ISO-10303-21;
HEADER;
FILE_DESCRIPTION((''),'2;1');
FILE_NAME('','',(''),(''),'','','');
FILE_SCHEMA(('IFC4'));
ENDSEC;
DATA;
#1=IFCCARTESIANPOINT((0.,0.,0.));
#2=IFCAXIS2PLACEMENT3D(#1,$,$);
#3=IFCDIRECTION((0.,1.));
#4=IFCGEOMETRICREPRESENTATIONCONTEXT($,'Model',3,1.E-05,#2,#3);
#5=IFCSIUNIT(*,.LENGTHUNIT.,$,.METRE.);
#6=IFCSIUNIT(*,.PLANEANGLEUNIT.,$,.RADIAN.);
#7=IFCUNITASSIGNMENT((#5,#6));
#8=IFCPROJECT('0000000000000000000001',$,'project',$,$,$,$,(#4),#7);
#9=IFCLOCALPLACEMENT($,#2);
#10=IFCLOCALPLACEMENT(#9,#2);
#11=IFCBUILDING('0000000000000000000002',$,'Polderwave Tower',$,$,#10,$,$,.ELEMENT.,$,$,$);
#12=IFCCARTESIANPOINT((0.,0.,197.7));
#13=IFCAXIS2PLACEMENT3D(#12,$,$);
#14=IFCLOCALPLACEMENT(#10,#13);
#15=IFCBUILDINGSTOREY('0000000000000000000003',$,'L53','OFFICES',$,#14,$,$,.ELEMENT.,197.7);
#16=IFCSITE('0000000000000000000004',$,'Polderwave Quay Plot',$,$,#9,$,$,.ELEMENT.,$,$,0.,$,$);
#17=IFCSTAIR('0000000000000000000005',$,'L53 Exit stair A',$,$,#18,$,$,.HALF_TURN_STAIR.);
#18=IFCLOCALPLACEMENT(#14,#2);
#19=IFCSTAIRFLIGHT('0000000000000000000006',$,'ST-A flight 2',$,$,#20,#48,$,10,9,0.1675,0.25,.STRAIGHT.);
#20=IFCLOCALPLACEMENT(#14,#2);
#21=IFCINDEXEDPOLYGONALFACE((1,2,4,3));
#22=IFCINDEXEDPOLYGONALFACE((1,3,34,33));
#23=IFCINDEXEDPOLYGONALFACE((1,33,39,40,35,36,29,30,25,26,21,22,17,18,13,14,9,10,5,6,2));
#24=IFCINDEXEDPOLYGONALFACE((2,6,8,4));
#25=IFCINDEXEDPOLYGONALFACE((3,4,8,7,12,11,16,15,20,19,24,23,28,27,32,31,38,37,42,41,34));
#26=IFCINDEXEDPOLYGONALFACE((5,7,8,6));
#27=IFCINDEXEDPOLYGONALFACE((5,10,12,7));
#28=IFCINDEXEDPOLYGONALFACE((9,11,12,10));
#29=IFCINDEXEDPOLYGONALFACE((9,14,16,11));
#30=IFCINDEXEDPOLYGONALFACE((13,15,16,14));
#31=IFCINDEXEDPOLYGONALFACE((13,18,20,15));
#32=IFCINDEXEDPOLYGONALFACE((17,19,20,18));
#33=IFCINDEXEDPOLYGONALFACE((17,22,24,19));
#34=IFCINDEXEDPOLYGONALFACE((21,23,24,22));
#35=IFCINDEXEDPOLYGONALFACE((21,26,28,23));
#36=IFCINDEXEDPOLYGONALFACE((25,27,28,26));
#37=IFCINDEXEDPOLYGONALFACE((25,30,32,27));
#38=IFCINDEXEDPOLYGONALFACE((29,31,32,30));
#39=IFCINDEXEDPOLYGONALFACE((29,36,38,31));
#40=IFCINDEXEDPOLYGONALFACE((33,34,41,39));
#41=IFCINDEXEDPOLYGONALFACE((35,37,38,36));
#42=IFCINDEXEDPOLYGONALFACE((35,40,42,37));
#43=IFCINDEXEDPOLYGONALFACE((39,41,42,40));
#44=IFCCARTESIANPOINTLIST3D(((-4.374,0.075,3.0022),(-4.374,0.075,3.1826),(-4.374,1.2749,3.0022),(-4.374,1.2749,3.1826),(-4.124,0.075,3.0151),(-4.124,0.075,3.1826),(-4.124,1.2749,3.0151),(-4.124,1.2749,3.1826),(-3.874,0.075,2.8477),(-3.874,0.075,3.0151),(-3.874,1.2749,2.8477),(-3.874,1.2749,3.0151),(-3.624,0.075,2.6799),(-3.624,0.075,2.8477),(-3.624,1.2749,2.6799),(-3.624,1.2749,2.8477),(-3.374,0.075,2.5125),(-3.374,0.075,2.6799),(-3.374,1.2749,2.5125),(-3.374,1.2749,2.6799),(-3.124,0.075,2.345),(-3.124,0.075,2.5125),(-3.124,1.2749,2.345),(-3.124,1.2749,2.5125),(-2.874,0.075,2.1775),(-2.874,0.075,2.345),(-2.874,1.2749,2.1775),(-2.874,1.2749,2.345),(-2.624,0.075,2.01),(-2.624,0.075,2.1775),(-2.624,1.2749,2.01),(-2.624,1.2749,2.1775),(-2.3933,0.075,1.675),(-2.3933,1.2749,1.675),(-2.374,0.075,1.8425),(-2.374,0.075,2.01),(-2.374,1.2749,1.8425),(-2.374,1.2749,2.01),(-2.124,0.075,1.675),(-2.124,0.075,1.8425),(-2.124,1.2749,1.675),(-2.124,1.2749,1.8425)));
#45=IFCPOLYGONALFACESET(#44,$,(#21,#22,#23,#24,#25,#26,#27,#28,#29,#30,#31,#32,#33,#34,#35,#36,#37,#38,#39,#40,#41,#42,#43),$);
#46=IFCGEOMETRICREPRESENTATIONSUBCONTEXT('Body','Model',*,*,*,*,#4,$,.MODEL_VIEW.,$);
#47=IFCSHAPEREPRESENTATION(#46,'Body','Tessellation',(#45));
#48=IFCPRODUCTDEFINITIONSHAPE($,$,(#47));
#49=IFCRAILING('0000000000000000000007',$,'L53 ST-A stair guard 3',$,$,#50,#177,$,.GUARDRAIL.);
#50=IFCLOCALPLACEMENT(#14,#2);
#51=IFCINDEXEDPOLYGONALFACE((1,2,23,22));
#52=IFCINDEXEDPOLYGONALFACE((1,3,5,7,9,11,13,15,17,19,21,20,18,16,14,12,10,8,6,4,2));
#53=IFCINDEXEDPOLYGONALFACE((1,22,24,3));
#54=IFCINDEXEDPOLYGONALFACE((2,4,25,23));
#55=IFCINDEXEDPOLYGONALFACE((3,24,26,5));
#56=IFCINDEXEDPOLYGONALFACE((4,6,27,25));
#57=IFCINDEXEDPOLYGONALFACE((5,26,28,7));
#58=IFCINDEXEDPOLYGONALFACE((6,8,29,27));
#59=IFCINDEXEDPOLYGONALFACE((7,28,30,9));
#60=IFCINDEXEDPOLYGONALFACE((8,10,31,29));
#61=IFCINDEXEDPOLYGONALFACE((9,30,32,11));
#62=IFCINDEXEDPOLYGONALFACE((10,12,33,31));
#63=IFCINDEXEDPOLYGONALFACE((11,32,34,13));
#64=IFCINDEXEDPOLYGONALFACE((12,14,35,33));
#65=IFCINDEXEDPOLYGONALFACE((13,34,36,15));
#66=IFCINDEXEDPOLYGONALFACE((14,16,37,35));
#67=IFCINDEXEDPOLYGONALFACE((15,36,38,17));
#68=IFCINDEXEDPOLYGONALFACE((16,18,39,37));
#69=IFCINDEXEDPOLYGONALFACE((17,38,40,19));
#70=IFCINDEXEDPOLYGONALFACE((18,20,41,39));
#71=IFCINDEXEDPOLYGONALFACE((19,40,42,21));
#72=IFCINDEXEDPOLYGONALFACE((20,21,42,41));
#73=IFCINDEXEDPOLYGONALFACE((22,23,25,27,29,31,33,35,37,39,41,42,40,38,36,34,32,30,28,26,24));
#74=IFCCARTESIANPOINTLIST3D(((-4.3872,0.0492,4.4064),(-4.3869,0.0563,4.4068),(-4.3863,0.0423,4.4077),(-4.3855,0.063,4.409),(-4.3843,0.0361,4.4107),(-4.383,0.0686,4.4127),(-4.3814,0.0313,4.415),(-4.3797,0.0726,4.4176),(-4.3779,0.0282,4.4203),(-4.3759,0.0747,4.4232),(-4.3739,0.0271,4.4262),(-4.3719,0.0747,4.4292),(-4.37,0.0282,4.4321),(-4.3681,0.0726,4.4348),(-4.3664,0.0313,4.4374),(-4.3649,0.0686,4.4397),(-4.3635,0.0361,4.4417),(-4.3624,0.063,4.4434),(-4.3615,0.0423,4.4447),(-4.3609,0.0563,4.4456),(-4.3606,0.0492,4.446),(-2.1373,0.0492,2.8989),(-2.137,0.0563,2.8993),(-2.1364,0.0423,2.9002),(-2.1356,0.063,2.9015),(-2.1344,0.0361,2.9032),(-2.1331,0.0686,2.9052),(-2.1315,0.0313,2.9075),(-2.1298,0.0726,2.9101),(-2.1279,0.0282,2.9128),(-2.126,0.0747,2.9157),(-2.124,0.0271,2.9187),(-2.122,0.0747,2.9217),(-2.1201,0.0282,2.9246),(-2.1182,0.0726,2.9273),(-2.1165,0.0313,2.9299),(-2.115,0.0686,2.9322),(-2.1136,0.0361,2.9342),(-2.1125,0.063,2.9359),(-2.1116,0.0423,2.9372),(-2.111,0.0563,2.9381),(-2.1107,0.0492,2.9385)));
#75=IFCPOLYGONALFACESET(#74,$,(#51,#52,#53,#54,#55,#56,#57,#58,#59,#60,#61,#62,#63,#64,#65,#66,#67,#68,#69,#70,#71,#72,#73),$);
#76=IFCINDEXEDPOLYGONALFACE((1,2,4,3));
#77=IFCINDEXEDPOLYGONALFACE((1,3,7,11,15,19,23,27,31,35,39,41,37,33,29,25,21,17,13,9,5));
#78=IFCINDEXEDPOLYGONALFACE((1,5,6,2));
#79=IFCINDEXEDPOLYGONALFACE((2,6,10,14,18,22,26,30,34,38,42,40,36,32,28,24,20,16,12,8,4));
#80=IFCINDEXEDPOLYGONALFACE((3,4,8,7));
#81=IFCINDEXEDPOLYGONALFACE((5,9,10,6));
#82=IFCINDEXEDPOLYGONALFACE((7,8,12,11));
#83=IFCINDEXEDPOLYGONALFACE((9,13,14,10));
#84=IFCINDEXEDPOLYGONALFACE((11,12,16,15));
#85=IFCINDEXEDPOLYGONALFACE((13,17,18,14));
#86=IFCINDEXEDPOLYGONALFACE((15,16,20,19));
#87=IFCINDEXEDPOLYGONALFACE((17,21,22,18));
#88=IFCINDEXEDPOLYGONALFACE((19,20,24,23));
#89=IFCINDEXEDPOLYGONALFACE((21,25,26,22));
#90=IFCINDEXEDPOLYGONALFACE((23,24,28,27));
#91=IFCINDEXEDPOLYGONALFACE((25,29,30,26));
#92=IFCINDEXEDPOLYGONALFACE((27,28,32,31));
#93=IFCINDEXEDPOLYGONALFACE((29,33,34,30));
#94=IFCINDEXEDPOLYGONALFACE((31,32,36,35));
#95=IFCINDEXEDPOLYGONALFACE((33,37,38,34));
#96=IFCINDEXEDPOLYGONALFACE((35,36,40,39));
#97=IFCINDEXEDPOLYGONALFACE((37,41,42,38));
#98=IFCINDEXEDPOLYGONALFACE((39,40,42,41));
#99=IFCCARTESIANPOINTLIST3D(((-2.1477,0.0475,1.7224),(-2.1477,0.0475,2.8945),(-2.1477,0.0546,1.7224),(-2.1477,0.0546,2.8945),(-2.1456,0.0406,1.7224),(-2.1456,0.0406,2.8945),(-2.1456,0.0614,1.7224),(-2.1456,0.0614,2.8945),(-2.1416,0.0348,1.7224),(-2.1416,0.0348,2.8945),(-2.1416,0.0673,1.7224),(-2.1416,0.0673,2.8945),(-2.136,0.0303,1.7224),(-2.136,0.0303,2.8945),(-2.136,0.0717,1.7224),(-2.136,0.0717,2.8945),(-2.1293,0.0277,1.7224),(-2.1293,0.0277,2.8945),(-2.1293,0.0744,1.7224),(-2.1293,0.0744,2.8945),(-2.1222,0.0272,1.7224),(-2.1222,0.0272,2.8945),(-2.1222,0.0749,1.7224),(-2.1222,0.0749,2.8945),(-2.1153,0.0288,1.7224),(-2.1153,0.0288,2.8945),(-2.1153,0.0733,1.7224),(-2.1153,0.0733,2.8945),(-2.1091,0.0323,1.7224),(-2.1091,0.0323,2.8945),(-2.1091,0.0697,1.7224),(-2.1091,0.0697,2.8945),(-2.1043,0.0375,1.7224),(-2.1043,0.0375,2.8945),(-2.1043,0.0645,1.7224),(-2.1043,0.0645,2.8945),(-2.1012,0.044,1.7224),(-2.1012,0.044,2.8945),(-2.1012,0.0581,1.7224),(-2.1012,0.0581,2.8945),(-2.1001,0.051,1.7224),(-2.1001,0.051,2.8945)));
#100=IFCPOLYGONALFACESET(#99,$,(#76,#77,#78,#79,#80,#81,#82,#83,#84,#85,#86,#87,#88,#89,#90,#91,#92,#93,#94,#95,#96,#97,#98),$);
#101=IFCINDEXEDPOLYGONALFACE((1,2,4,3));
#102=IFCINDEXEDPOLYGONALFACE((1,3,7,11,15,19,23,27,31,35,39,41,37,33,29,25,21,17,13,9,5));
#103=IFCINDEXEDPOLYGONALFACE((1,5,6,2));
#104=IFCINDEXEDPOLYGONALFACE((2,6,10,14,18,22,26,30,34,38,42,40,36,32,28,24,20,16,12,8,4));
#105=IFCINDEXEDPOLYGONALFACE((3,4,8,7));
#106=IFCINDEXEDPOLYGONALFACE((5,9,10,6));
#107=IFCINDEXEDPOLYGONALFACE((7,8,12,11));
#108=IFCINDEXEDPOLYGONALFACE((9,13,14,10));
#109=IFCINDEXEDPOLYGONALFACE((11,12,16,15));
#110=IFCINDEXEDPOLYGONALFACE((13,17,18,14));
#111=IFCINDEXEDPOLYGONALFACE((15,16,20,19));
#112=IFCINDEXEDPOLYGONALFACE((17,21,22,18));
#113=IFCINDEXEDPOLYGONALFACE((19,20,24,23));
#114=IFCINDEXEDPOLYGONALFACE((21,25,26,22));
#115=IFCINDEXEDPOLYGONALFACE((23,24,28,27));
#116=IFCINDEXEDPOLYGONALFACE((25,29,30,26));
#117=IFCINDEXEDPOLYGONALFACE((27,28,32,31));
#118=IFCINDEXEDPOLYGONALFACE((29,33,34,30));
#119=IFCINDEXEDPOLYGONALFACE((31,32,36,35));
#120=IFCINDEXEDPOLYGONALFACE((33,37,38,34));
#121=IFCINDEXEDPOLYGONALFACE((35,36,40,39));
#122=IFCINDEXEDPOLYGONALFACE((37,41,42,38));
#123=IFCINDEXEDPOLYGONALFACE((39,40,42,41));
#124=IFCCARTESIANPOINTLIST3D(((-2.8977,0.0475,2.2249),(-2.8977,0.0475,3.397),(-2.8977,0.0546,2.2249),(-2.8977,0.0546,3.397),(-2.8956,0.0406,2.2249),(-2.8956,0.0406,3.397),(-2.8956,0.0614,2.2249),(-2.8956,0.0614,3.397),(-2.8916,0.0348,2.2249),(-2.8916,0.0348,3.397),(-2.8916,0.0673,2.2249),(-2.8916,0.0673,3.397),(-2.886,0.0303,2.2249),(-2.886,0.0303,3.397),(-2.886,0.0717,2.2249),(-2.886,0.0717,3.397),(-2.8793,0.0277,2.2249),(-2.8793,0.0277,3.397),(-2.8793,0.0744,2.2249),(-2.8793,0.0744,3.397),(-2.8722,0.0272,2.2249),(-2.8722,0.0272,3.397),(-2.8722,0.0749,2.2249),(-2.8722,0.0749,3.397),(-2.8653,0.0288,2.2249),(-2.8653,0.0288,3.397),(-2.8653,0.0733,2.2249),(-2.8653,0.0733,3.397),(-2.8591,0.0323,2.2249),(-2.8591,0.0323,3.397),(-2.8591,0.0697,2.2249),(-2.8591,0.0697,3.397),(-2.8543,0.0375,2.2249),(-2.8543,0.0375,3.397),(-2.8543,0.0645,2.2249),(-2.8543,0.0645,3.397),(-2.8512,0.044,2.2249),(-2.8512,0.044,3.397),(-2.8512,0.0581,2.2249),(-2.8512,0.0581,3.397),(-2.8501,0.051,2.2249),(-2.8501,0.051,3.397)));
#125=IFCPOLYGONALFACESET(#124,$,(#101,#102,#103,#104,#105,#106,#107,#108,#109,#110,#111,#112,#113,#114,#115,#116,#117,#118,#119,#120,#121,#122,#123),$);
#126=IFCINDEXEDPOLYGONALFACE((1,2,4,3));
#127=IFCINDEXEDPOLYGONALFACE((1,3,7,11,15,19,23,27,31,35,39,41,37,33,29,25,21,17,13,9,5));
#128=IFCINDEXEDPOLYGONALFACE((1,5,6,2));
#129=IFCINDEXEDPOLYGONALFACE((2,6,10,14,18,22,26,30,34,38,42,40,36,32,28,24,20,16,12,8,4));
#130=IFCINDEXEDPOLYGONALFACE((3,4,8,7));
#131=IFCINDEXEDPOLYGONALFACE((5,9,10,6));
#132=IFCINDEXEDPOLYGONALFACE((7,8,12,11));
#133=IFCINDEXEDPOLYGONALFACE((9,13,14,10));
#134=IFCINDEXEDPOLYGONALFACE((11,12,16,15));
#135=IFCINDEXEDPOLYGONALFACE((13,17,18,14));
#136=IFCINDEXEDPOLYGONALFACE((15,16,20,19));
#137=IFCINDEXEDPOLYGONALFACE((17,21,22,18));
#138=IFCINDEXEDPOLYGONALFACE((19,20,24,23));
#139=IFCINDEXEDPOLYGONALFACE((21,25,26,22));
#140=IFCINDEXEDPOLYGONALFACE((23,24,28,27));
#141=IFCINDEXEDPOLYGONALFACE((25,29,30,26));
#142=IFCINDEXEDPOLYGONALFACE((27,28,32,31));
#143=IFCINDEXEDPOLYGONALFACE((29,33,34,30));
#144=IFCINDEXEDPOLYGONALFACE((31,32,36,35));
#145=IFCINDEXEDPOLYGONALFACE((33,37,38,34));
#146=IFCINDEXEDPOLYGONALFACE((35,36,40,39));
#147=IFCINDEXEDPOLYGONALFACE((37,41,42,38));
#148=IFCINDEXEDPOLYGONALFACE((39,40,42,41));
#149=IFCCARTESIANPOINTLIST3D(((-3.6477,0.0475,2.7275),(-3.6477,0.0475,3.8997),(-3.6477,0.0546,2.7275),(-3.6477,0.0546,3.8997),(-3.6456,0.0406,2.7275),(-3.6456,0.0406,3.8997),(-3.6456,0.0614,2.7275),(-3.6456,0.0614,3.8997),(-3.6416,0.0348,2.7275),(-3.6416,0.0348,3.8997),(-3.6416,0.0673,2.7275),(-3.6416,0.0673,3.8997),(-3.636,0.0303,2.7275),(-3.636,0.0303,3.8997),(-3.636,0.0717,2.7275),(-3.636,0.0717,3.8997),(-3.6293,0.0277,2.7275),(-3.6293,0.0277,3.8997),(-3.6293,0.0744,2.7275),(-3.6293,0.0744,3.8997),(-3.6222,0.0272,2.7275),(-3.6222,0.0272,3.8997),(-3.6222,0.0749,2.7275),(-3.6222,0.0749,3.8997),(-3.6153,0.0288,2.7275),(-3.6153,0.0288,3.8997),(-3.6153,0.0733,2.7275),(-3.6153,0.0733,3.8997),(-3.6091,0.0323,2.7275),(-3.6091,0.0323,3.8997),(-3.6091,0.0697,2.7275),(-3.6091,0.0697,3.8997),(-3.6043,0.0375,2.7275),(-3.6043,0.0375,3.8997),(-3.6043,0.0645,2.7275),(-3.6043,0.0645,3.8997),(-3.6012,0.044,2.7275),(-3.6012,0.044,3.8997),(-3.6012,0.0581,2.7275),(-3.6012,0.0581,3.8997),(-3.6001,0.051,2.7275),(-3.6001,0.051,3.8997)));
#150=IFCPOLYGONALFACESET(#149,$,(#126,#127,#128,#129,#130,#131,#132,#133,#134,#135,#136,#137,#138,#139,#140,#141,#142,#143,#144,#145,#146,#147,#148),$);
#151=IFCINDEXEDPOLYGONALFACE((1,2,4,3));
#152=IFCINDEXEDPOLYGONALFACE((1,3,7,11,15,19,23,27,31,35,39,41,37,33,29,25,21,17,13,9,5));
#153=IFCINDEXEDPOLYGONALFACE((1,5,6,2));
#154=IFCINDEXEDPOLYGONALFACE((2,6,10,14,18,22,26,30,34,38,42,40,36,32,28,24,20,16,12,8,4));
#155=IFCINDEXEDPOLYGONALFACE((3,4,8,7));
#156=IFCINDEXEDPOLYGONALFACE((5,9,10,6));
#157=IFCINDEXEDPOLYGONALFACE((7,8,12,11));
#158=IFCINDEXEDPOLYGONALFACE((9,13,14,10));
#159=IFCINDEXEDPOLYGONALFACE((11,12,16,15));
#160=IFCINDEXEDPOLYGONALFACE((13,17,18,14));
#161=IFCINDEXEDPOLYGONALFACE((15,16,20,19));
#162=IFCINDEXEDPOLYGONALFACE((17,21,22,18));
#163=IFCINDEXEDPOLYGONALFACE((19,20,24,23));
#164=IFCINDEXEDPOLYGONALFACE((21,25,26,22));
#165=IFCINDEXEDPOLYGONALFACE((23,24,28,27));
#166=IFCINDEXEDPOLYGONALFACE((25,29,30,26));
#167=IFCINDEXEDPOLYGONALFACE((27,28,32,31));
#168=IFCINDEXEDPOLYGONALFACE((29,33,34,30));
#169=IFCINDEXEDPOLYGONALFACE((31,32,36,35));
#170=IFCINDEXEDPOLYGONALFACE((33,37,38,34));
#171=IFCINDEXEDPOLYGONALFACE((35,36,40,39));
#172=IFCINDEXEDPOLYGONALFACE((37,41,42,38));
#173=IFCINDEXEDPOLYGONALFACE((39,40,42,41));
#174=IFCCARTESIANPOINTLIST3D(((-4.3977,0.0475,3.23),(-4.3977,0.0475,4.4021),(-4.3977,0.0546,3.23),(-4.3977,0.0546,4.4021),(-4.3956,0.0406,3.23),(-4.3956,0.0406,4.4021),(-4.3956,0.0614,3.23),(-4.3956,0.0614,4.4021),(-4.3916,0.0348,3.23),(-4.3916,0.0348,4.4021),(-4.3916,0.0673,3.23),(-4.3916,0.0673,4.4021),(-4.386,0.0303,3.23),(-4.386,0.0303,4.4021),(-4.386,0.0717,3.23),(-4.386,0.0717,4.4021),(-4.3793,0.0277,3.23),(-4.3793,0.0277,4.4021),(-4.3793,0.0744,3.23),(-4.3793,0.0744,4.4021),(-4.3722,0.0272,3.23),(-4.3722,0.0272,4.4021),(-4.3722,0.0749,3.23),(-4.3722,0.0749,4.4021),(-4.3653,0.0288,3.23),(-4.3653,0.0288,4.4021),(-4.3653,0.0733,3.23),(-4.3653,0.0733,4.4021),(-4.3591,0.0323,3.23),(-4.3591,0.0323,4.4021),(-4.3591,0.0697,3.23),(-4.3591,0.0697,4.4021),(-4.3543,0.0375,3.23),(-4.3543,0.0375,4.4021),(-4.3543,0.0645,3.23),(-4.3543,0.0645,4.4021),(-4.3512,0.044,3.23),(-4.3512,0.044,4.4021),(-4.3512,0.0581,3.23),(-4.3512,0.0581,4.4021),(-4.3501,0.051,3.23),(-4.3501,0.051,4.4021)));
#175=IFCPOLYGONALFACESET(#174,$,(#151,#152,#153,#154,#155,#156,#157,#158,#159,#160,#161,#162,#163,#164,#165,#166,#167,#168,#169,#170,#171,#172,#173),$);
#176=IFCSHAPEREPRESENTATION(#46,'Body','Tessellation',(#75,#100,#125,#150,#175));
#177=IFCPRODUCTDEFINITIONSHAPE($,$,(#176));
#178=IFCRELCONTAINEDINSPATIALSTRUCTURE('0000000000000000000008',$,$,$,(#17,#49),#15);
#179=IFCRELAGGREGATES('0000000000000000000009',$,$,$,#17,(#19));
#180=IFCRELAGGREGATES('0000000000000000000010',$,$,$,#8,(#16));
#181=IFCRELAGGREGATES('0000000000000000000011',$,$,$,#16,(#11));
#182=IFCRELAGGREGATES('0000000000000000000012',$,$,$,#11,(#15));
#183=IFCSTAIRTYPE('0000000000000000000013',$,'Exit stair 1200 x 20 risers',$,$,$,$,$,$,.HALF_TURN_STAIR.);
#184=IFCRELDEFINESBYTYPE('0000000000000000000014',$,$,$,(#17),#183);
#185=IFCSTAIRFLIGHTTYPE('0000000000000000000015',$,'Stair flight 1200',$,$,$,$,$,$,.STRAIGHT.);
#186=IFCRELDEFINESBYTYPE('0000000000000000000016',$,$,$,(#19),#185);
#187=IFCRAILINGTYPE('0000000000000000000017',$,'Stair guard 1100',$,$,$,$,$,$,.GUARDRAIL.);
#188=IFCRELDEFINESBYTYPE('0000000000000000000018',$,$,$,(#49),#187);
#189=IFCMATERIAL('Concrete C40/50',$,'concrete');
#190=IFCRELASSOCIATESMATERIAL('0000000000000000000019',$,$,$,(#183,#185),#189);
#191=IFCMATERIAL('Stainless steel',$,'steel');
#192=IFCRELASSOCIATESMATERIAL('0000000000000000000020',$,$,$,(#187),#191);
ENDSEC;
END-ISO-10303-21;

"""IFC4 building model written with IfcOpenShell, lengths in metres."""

from ifc_helpers import new_model, si_unit, direction, frame, origin, origin_2d, place, context, subcontext, project, spatial, polyline, circle, outline, extrude, material, type_object, element, aggregate, save


model = new_model("IFC4")

# Units and contexts
model_context = context("Model", 3, precision=1e-05, world=origin(), true_north=direction((0.0, 1.0)))
body_context = subcontext(model_context, "Body", "Model", "MODEL_VIEW")
ifc_project = project(units=[si_unit("LENGTHUNIT", "METRE"), si_unit("PLANEANGLEUNIT", "RADIAN")], contexts=[model_context])

# Site, building, storey
site_placement = place(None, origin())
site = spatial("IfcSite", under=ifc_project, at=site_placement, Name="Polderwave Quay Plot", CompositionType="ELEMENT", RefElevation=0.0)
building_placement = place(site_placement, origin())
building = spatial("IfcBuilding", under=site, at=building_placement, Name="Polderwave Tower", CompositionType="ELEMENT")
storey_placement = place(building_placement, frame((0.0, 0.0, 197.7)))
storey = spatial("IfcBuildingStorey", under=building, at=storey_placement, Name="L53", Description="OFFICES", CompositionType="ELEMENT", Elevation=197.7)

# Shared definitions
ifc_material_1 = material(Name="Concrete C40/50", Category="concrete")

# Stair
stair_type = type_object("IfcStairType", Name="Exit stair 1200 x 20 risers", PredefinedType="HALF_TURN_STAIR", material=ifc_material_1)
stair_1_placement = place(storey_placement, origin())
stair_1 = element("IfcStair", 1, at=stair_1_placement, inside=storey, type_object=stair_type, Name="L53 Exit stair A", PredefinedType="HALF_TURN_STAIR")

# Shared definitions
ifc_material_2 = material(Name="Stainless steel", Category="steel")

# Stair flight
stair_flight_type = type_object("IfcStairFlightType", Name="Stair flight 1200", PredefinedType="STRAIGHT", material=ifc_material_1)
stair_flight_placement = place(storey_placement, frame((-2.124, 0.675, 1.675), z_axis=(0.0, 0.0, 1.0), x_axis=(-1.0, 0.0, 0.0)))
stair_flight = element("IfcStairFlight", 2, at=stair_flight_placement, type_object=stair_flight_type, Name="ST-A flight 2", NumberOfRisers=10, NumberOfTreads=9, PredefinedType="STRAIGHT", RiserHeight=0.1675, TreadLength=0.25, context=body_context, shape_type="SweptSolid", body=[
    extrude(outline(polyline([(0.0, 0.0), (0.0, 0.1675), (0.25, 0.1675), (0.25, 0.335), (0.5, 0.335), (0.5, 0.5024), (0.75, 0.5024), (0.75, 0.6699), (1.0, 0.6699), (1.0, 0.8374), (1.25, 0.8374), (1.25, 1.0049), (1.5, 1.0049), (1.5, 1.1726), (1.75, 1.1726), (1.75, 1.3401), (2.0, 1.3401), (2.0, 1.5076), (2.25, 1.5076), (2.25, 1.675), (2.25, 1.3271), (0.2693, 0.0), (0.0, 0.0)])), frame((0.0, 0.6001, 0.0), z_axis=(0.0, -1.0, 0.0), x_axis=(1.0, 0.0, 0.0)), (0.0, 0.0, 1.0), 1.2),
])
aggregate(stair_1, [stair_flight])

# Railing
railing_type_1 = type_object("IfcRailingType", Name="Stair guard 1100", PredefinedType="GUARDRAIL", material=ifc_material_2)
railing_1_placement = place(storey_placement, frame((-2.124, 0.051, 1.7224)))
element("IfcRailing", 3, at=railing_1_placement, inside=storey, type_object=railing_type_1, Name="L53 ST-A stair guard 3", PredefinedType="GUARDRAIL", context=body_context, shape_type="SweptSolid", body=[
    extrude(circle(Radius=0.0239, at=origin_2d()), frame((0.0, 0.0, 1.1963), z_axis=(-0.830758, 0.0, 0.556633), x_axis=(0.0, -1.0, 0.0)), (0.0, 0.0, 1.0), 2.7083),
    extrude(circle(Radius=0.0239, at=origin_2d()), origin(), (0.0, 0.0, 1.0), 1.1721),
    extrude(circle(Radius=0.0239, at=origin_2d()), frame((-0.75, 0.0, 0.5024)), (0.0, 0.0, 1.0), 1.1721),
    extrude(circle(Radius=0.0239, at=origin_2d()), frame((-1.5, 0.0, 1.0051)), (0.0, 0.0, 1.0), 1.1721),
    extrude(circle(Radius=0.0239, at=origin_2d()), frame((-2.25, 0.0, 1.5076)), (0.0, 0.0, 1.0), 1.1721),
])

save(model, "model.ifc")
